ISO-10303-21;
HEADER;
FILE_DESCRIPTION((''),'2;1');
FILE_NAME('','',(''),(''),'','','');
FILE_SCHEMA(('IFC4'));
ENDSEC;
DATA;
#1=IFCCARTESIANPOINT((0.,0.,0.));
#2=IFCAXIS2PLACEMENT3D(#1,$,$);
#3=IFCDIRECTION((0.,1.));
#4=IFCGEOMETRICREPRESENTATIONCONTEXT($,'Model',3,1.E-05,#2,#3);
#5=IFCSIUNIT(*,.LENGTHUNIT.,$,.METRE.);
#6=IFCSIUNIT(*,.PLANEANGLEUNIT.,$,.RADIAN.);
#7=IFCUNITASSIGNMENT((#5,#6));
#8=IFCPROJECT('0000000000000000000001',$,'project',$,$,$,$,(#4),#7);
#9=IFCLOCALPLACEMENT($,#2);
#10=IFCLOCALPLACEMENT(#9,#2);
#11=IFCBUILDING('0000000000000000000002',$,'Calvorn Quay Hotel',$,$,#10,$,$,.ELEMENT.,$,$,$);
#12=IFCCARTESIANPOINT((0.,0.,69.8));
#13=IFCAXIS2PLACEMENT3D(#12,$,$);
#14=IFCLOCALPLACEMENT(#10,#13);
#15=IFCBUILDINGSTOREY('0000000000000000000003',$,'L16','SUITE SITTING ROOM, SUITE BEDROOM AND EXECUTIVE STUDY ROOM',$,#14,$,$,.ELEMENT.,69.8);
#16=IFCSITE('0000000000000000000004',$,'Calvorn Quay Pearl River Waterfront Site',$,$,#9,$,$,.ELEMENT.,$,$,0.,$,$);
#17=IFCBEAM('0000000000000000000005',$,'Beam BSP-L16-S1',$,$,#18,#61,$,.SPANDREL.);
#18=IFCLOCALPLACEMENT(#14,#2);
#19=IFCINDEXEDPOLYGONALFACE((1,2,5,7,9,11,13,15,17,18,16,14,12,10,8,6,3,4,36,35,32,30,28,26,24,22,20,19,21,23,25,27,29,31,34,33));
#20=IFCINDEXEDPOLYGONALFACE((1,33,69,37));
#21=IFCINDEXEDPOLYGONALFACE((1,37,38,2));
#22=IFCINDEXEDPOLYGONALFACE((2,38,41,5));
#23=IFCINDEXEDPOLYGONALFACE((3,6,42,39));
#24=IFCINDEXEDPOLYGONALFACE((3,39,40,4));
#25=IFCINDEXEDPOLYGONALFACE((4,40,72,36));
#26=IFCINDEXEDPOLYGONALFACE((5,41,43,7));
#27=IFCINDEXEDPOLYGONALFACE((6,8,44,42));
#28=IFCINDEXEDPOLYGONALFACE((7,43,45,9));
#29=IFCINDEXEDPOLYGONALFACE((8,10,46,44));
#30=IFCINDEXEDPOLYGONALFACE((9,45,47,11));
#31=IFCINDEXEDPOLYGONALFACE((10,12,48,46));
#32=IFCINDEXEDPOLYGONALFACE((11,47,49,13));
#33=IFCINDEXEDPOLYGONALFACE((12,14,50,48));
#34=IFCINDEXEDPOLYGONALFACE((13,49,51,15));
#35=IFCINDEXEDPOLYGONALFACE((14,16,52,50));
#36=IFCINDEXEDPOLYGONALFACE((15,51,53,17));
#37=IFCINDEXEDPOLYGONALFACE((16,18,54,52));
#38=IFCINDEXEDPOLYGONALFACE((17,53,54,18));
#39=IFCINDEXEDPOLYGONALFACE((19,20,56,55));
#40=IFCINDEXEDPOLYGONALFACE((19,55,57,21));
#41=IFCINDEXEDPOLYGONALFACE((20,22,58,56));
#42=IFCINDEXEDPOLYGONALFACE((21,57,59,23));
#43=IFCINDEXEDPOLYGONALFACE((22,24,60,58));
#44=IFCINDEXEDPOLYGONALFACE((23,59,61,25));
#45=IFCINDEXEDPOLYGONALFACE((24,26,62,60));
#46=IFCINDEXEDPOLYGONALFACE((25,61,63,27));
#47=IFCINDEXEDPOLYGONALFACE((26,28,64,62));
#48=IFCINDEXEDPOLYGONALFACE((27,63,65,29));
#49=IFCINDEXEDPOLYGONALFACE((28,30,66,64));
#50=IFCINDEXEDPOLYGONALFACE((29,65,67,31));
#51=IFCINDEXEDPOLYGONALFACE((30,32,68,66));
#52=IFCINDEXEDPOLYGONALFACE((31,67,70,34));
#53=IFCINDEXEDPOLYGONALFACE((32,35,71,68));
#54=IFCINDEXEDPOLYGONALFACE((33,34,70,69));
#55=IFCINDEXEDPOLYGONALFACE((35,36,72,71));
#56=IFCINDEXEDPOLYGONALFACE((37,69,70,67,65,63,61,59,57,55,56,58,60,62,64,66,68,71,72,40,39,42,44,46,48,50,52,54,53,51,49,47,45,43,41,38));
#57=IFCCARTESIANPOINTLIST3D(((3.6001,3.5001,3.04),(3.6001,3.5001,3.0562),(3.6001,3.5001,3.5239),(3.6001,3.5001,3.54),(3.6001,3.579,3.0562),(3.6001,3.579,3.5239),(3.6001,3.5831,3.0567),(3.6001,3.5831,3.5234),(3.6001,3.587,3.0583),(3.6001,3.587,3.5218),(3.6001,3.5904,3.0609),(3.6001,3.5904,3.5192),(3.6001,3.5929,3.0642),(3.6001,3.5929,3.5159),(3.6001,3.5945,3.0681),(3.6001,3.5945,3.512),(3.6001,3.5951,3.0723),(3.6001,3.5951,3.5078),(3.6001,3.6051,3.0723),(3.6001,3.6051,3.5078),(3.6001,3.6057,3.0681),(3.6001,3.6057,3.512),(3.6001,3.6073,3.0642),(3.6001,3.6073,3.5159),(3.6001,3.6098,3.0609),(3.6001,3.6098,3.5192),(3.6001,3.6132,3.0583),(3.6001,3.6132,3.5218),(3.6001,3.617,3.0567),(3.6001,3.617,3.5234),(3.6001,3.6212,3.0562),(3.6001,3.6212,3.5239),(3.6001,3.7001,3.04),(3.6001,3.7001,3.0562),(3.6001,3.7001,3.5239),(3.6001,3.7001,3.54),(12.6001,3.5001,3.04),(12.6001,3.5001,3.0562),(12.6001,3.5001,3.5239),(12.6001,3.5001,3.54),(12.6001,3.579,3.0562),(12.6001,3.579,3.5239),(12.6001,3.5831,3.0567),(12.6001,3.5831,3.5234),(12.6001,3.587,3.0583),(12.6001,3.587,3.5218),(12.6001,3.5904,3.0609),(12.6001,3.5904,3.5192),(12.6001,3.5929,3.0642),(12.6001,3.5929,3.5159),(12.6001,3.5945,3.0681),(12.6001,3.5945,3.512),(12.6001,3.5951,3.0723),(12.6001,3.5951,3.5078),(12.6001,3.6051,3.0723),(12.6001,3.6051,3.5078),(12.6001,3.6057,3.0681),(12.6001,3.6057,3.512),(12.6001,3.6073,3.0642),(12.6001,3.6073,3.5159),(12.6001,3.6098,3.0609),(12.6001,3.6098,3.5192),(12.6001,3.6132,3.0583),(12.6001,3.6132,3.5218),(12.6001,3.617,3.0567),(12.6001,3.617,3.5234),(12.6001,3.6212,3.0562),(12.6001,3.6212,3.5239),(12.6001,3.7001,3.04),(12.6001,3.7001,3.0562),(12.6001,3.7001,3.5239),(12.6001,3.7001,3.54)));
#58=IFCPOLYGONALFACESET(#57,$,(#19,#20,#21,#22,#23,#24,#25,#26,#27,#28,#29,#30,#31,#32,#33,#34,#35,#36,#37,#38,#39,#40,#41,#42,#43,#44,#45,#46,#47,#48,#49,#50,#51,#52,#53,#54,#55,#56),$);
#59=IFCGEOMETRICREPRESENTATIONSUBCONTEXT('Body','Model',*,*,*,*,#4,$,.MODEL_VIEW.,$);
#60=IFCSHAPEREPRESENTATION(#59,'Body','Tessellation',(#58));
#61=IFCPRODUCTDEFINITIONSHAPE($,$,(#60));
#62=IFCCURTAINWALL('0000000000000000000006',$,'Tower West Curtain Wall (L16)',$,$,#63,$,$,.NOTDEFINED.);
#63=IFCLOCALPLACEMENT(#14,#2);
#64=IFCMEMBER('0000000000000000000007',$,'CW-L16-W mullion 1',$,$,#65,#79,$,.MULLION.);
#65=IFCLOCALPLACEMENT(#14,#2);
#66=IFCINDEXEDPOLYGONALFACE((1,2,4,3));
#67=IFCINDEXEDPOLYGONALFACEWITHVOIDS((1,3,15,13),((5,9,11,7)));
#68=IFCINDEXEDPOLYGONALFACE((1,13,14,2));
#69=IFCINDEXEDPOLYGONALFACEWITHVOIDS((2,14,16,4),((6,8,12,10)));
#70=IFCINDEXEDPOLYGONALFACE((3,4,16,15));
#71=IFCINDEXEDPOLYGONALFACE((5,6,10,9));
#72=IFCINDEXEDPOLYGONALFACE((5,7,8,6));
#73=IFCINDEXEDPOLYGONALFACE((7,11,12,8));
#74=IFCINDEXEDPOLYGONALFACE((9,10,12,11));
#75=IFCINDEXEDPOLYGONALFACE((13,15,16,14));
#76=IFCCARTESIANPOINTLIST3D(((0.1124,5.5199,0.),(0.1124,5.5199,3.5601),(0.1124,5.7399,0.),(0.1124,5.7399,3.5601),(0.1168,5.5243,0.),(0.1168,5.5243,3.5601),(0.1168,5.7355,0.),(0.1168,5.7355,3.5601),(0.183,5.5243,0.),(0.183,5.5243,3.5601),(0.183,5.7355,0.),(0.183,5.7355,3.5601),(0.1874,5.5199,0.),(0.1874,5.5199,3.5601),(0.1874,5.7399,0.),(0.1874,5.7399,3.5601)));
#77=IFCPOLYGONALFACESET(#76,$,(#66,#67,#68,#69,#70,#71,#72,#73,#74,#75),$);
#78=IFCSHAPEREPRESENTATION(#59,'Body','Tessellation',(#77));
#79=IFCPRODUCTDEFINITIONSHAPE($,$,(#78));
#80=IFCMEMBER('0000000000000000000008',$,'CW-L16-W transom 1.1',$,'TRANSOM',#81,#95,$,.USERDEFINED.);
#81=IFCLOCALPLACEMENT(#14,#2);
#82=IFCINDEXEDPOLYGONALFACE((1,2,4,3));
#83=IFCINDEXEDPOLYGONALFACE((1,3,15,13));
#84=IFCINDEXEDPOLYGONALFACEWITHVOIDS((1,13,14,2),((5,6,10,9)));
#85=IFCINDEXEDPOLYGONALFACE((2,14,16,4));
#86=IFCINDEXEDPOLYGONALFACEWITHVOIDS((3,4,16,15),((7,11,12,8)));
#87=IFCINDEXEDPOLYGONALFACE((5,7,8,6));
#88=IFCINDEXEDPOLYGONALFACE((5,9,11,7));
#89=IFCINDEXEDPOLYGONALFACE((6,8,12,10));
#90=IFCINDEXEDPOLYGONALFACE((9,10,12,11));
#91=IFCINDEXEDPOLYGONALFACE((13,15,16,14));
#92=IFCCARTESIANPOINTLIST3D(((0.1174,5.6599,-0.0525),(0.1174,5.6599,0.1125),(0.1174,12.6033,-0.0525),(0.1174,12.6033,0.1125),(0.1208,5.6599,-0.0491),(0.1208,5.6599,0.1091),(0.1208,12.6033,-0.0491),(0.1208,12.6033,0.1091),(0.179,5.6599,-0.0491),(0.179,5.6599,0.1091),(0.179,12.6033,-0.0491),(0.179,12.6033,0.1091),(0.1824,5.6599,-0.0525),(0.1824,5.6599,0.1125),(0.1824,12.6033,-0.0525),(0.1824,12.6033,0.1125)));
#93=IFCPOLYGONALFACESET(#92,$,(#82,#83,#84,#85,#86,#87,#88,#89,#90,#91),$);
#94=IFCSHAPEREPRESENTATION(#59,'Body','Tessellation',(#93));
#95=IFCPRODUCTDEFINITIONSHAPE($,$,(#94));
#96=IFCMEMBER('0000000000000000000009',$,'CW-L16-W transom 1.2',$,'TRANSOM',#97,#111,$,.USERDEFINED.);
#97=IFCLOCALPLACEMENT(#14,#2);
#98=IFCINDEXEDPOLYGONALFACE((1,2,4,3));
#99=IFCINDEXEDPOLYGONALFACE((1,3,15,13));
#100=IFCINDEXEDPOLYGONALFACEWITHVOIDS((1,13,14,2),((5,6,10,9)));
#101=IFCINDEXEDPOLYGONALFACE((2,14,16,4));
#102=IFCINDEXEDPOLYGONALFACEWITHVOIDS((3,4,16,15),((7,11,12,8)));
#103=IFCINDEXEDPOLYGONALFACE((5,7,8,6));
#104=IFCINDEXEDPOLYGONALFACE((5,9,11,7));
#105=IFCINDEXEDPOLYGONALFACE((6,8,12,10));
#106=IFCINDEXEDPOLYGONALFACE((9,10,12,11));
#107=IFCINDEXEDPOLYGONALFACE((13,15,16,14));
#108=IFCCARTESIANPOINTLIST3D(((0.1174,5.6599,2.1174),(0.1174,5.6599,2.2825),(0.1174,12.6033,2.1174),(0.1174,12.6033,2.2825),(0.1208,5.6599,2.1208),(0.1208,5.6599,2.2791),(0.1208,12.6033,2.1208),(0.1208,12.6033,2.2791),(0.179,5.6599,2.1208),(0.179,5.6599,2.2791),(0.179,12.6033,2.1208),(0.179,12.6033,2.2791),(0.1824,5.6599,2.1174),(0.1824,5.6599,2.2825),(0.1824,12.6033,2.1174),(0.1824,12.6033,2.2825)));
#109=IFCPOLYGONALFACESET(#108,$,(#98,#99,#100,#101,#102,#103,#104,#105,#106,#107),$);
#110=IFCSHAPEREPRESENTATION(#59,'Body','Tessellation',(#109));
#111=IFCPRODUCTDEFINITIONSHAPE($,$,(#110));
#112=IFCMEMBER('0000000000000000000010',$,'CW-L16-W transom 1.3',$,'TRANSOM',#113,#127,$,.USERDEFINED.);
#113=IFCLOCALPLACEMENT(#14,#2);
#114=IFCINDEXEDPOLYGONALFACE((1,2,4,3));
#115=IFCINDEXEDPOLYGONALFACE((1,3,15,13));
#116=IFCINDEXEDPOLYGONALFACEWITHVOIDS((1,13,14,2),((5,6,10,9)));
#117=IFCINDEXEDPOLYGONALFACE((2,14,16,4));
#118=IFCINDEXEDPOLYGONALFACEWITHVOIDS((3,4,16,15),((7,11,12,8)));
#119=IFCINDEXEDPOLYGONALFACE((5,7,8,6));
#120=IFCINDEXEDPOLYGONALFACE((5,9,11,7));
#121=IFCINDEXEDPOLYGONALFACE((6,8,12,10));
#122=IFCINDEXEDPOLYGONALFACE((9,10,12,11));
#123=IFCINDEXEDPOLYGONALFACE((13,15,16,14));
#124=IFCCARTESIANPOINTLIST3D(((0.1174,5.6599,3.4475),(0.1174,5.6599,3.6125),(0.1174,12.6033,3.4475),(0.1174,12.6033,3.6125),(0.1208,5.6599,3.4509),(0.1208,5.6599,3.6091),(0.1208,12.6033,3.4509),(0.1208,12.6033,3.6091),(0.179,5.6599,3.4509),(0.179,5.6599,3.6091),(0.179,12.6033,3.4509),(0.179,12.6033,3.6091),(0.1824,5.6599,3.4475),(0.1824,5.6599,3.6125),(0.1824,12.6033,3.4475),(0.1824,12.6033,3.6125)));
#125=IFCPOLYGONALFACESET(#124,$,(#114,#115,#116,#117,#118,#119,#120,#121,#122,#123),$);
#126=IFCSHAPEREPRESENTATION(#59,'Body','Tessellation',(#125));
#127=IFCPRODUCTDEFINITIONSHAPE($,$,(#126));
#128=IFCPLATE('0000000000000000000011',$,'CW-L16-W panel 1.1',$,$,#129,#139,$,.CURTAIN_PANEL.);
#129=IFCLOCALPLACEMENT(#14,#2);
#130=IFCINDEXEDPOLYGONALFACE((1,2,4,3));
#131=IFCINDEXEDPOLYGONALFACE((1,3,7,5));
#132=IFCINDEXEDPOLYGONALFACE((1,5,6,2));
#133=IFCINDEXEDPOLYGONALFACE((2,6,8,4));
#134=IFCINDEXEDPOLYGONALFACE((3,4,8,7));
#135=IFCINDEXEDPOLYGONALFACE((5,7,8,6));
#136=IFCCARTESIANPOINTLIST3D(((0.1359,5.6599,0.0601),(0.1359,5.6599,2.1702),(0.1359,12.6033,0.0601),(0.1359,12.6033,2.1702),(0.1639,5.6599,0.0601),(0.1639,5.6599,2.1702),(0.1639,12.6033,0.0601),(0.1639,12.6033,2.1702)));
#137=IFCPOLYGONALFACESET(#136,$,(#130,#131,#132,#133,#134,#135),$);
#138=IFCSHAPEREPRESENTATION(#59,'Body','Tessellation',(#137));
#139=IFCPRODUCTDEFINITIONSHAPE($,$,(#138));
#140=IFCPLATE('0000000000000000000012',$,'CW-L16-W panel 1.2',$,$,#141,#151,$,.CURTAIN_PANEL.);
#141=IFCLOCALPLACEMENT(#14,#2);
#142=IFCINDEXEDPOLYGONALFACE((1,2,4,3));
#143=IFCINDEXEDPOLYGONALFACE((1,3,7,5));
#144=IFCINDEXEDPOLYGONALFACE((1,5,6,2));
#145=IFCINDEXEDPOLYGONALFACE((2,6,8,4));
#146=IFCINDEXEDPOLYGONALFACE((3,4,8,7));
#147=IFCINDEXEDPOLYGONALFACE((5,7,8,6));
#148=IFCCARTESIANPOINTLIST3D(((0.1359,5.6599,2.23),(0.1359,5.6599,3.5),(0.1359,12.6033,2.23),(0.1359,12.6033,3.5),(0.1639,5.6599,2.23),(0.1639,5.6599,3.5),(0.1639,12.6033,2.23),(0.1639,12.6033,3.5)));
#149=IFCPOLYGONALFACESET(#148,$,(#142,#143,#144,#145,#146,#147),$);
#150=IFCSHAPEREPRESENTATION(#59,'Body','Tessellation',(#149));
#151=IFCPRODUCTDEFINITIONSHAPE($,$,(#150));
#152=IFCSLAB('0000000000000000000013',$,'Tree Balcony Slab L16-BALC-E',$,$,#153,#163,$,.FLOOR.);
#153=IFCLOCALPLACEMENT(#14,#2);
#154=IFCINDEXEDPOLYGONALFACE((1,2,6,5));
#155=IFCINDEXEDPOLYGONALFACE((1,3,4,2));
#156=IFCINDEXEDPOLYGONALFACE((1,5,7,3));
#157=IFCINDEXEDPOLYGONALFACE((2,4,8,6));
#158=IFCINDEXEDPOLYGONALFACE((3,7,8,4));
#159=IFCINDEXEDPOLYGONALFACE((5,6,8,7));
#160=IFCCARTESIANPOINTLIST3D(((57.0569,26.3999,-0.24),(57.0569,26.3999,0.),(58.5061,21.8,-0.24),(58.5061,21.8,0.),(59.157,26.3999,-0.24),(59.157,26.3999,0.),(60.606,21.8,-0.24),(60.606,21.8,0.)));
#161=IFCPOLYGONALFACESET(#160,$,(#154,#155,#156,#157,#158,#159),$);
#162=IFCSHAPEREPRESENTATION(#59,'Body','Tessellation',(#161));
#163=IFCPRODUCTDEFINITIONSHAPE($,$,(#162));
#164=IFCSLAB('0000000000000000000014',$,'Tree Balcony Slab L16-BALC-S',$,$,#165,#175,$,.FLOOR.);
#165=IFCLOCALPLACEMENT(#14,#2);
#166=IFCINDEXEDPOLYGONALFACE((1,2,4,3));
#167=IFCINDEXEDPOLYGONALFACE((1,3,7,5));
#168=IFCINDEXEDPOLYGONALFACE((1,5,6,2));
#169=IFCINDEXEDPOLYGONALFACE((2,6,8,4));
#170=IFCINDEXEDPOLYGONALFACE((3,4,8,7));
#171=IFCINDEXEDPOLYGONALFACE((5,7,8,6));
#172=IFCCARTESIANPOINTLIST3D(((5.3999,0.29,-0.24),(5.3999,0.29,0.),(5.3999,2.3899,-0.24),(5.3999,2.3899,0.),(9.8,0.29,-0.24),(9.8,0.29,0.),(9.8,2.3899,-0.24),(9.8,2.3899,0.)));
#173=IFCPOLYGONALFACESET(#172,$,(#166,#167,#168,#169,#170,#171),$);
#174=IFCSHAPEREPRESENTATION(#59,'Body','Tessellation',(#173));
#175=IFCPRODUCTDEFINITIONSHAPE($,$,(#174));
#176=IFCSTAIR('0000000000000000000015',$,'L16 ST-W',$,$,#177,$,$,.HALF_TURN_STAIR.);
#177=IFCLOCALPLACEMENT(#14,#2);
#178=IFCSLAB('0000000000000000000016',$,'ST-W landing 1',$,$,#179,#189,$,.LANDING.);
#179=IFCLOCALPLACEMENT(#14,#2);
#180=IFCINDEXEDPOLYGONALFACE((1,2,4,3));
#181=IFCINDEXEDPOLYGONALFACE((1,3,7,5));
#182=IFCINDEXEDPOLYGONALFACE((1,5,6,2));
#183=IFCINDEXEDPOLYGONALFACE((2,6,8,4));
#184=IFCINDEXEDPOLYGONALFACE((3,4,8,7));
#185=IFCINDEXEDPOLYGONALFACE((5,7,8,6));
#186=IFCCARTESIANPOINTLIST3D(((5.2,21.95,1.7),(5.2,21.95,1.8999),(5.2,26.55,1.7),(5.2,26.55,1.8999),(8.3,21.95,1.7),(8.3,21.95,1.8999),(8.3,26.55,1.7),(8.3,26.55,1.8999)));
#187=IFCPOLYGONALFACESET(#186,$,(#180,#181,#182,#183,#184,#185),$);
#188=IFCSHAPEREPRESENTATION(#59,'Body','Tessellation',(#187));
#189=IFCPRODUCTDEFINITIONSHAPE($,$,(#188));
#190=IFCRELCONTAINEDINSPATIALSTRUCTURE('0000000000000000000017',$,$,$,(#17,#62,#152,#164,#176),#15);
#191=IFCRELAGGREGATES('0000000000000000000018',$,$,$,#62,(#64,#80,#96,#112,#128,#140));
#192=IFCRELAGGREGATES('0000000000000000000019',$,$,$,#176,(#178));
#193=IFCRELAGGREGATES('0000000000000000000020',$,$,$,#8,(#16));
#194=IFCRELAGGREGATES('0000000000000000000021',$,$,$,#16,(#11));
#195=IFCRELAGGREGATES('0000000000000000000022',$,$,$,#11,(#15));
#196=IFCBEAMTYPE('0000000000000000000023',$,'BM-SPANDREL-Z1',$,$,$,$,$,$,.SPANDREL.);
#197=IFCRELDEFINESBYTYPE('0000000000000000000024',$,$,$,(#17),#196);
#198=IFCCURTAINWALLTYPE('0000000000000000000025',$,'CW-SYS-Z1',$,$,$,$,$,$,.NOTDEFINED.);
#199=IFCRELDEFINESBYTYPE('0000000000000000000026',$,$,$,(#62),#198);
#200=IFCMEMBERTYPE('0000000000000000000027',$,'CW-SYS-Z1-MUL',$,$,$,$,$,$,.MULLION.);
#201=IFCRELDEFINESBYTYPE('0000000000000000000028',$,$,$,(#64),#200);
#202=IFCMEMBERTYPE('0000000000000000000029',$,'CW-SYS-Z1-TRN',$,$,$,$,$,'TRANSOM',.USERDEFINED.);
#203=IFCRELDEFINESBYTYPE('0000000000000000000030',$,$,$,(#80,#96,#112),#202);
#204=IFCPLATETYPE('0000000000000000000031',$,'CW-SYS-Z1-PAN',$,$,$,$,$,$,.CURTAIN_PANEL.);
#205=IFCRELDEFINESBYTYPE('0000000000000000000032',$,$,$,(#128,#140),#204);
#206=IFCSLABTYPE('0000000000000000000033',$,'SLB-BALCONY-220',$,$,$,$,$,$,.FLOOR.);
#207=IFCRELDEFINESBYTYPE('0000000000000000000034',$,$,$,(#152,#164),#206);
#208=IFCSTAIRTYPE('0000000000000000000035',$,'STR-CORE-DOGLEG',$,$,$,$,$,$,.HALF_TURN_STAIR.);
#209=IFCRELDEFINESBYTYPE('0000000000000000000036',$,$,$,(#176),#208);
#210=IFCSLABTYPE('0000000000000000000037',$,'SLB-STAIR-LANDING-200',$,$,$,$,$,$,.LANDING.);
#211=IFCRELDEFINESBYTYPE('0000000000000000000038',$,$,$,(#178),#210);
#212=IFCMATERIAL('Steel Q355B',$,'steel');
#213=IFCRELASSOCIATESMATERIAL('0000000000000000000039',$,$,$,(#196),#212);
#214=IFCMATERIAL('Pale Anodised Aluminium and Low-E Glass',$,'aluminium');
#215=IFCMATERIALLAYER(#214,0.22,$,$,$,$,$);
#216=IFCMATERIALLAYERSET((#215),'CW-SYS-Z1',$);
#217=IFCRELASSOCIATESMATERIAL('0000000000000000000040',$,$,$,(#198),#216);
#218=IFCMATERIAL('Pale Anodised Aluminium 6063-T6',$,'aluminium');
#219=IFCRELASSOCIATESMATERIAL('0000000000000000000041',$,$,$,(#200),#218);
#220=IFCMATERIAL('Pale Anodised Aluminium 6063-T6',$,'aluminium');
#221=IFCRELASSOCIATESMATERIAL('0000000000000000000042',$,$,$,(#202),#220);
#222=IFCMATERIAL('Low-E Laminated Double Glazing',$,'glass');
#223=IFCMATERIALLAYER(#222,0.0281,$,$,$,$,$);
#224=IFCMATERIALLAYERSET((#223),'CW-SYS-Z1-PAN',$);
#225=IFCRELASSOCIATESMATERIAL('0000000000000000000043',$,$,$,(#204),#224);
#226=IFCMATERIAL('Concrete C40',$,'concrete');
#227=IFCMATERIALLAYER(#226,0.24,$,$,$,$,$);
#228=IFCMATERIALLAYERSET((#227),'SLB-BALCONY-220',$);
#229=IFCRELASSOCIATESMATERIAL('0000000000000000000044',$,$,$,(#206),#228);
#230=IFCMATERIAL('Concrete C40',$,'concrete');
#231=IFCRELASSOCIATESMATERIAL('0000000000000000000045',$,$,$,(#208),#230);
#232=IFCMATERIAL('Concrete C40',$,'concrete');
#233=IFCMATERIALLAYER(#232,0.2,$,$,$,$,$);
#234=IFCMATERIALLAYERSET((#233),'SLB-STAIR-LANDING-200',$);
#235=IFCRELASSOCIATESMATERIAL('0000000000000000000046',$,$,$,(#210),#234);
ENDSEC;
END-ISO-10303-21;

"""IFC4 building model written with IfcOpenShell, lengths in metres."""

from ifc_helpers import new_model, si_unit, direction, frame, origin, origin_2d, place, context, subcontext, project, spatial, polyline, rectangle, hollow_rectangle, i_section, outline, extrude, material, layer, layer_set, material_profile, profile_set, type_object, element, aggregate, save


model = new_model("IFC4")

# Units and contexts
model_context = context("Model", 3, precision=1e-05, world=origin(), true_north=direction((0.0, 1.0)))
body_context = subcontext(model_context, "Body", "Model", "MODEL_VIEW")
ifc_project = project(units=[si_unit("LENGTHUNIT", "METRE"), si_unit("PLANEANGLEUNIT", "RADIAN")], contexts=[model_context])

# Site, building, storey
site_placement = place(None, origin())
site = spatial("IfcSite", under=ifc_project, at=site_placement, Name="Calvorn Quay Pearl River Waterfront Site", CompositionType="ELEMENT", RefElevation=0.0)
building_placement = place(site_placement, origin())
building = spatial("IfcBuilding", under=site, at=building_placement, Name="Calvorn Quay Hotel", CompositionType="ELEMENT")
storey_placement = place(building_placement, frame((0.0, 0.0, 69.8)))
storey = spatial("IfcBuildingStorey", under=building, at=storey_placement, Name="L16", Description="SUITE SITTING ROOM, SUITE BEDROOM AND EXECUTIVE STUDY ROOM", CompositionType="ELEMENT", Elevation=69.8)

# Beam
ifc_material_1 = material(Name="Steel Q355B", Category="steel")
ifc_material_profile_1 = material_profile(ifc_material_1, i_section(OverallWidth=0.2, OverallDepth=0.5, WebThickness=0.01, FlangeThickness=0.0161, FilletRadius=0.0161, at=origin_2d()), Name="HN500x200x10x16")
ifc_profile_set_1 = profile_set([ifc_material_profile_1], Name="Steel Q355B")
beam_type_1 = type_object("IfcBeamType", Name="BM-SPANDREL-Z1", PredefinedType="SPANDREL", material=ifc_profile_set_1)
beam_1_placement = place(storey_placement, frame((3.6001, 3.6001, 3.29), z_axis=(1.0, 0.0, 0.0), x_axis=(0.0, 1.0, 0.0)))
element("IfcBeam", 1, at=beam_1_placement, inside=storey, type_object=beam_type_1, Name="Beam BSP-L16-S1", PredefinedType="SPANDREL", context=body_context, shape_type="SweptSolid", body=[
    extrude(i_section(OverallWidth=0.2, OverallDepth=0.5, WebThickness=0.01, FlangeThickness=0.0161, FilletRadius=0.0161, at=origin_2d()), origin(), (0.0, 0.0, 1.0), 9.0),
])

# Curtain wall, members, plates
ifc_material_2 = material(Name="Pale Anodised Aluminium and Low-E Glass", Category="aluminium")
ifc_layer_1 = layer(ifc_material_2, 0.22)
ifc_layer_set_1 = layer_set([ifc_layer_1], Name="CW-SYS-Z1")
curtain_wall_type = type_object("IfcCurtainWallType", Name="CW-SYS-Z1", PredefinedType="NOTDEFINED", material=ifc_layer_set_1)
curtain_wall_placement = place(storey_placement, origin())
curtain_wall = element("IfcCurtainWall", 2, at=curtain_wall_placement, inside=storey, type_object=curtain_wall_type, Name="Tower West Curtain Wall (L16)", PredefinedType="NOTDEFINED")
ifc_material_3 = material(Name="Pale Anodised Aluminium 6063-T6", Category="aluminium")
ifc_material_profile_2 = material_profile(ifc_material_3, hollow_rectangle(XDim=0.075, YDim=0.22, WallThickness=0.0044, at=origin_2d()), Name="ALU-M220x75x4.5")
ifc_profile_set_2 = profile_set([ifc_material_profile_2], Name="Pale Anodised Aluminium 6063-T6")
member_type_1 = type_object("IfcMemberType", Name="CW-SYS-Z1-MUL", PredefinedType="MULLION", material=ifc_profile_set_2)
member_1_placement = place(storey_placement, frame((0.1499, 5.6299, 0.0), z_axis=(0.0, 0.0, 1.0), x_axis=(-1.0, 0.0, 0.0)))
member_1 = element("IfcMember", 3, at=member_1_placement, type_object=member_type_1, Name="CW-L16-W mullion 1", PredefinedType="MULLION", context=body_context, shape_type="SweptSolid", body=[
    extrude(hollow_rectangle(XDim=0.075, YDim=0.22, WallThickness=0.0044, at=origin_2d()), origin(), (0.0, 0.0, 1.0), 3.5601),
])
ifc_material_4 = material(Name="Pale Anodised Aluminium 6063-T6", Category="aluminium")
ifc_material_profile_3 = material_profile(ifc_material_4, hollow_rectangle(XDim=0.0649, YDim=0.165, WallThickness=0.0034, at=origin_2d()), Name="ALU-T165x65x3.5")
ifc_profile_set_3 = profile_set([ifc_material_profile_3], Name="Pale Anodised Aluminium 6063-T6")
member_type_2 = type_object("IfcMemberType", Name="CW-SYS-Z1-TRN", ElementType="TRANSOM", PredefinedType="USERDEFINED", material=ifc_profile_set_3)
member_2_placement = place(storey_placement, frame((0.1499, 5.6599, 0.03), z_axis=(0.0, 1.0, 0.0), x_axis=(-1.0, 0.0, 0.0)))
member_2 = element("IfcMember", 4, at=member_2_placement, type_object=member_type_2, Name="CW-L16-W transom 1.1", ObjectType="TRANSOM", PredefinedType="USERDEFINED", context=body_context, shape_type="SweptSolid", body=[
    extrude(hollow_rectangle(XDim=0.0649, YDim=0.165, WallThickness=0.0034, at=origin_2d()), origin(), (0.0, 0.0, 1.0), 6.9434),
])
member_3_placement = place(storey_placement, frame((0.1499, 5.6599, 2.2), z_axis=(0.0, 1.0, 0.0), x_axis=(-1.0, 0.0, 0.0)))
member_3 = element("IfcMember", 5, at=member_3_placement, type_object=member_type_2, Name="CW-L16-W transom 1.2", ObjectType="TRANSOM", PredefinedType="USERDEFINED", context=body_context, shape_type="SweptSolid", body=[
    extrude(hollow_rectangle(XDim=0.0649, YDim=0.165, WallThickness=0.0034, at=origin_2d()), origin(), (0.0, 0.0, 1.0), 6.9434),
])
member_4_placement = place(storey_placement, frame((0.1499, 5.6599, 3.53), z_axis=(0.0, 1.0, 0.0), x_axis=(-1.0, 0.0, 0.0)))
member_4 = element("IfcMember", 6, at=member_4_placement, type_object=member_type_2, Name="CW-L16-W transom 1.3", ObjectType="TRANSOM", PredefinedType="USERDEFINED", context=body_context, shape_type="SweptSolid", body=[
    extrude(hollow_rectangle(XDim=0.0649, YDim=0.165, WallThickness=0.0034, at=origin_2d()), origin(), (0.0, 0.0, 1.0), 6.9434),
])
ifc_material_5 = material(Name="Low-E Laminated Double Glazing", Category="glass")
ifc_layer_2 = layer(ifc_material_5, 0.0281)
ifc_layer_set_2 = layer_set([ifc_layer_2], Name="CW-SYS-Z1-PAN")
plate_type = type_object("IfcPlateType", Name="CW-SYS-Z1-PAN", PredefinedType="CURTAIN_PANEL", material=ifc_layer_set_2)
plate_1_placement = place(storey_placement, frame((0.1499, 9.1316, 0.0601), z_axis=(0.0, 0.0, 1.0), x_axis=(0.0, 1.0, 0.0)))
plate_1 = element("IfcPlate", 7, at=plate_1_placement, type_object=plate_type, Name="CW-L16-W panel 1.1", PredefinedType="CURTAIN_PANEL", context=body_context, shape_type="SweptSolid", body=[
    extrude(rectangle(XDim=6.9434, YDim=0.0281, at=origin_2d()), origin(), (0.0, 0.0, 1.0), 2.1101),
])
plate_2_placement = place(storey_placement, frame((0.1499, 9.1316, 2.23), z_axis=(0.0, 0.0, 1.0), x_axis=(0.0, 1.0, 0.0)))
plate_2 = element("IfcPlate", 8, at=plate_2_placement, type_object=plate_type, Name="CW-L16-W panel 1.2", PredefinedType="CURTAIN_PANEL", context=body_context, shape_type="SweptSolid", body=[
    extrude(rectangle(XDim=6.9434, YDim=0.0281, at=origin_2d()), origin(), (0.0, 0.0, 1.0), 1.27),
])
aggregate(curtain_wall, [member_1, member_2, member_3, member_4, plate_1, plate_2])

# Slabs
ifc_material_6 = material(Name="Concrete C40", Category="concrete")
ifc_layer_3 = layer(ifc_material_6, 0.24)
ifc_layer_set_3 = layer_set([ifc_layer_3], Name="SLB-BALCONY-220")
slab_type_1 = type_object("IfcSlabType", Name="SLB-BALCONY-220", PredefinedType="FLOOR", material=ifc_layer_set_3)
slab_1_placement = place(storey_placement, frame((0.0, 0.0, -0.24)))
element("IfcSlab", 9, at=slab_1_placement, inside=storey, type_object=slab_type_1, Name="Tree Balcony Slab L16-BALC-E", PredefinedType="FLOOR", context=body_context, shape_type="SweptSolid", body=[
    extrude(outline(polyline([(58.5061, 21.8), (60.606, 21.8), (59.157, 26.3999), (57.0569, 26.3999), (58.5061, 21.8)])), origin(), (0.0, 0.0, 1.0), 0.24),
])
slab_2_placement = place(storey_placement, frame((0.0, 0.0, -0.24)))
element("IfcSlab", 10, at=slab_2_placement, inside=storey, type_object=slab_type_1, Name="Tree Balcony Slab L16-BALC-S", PredefinedType="FLOOR", context=body_context, shape_type="SweptSolid", body=[
    extrude(outline(polyline([(5.3999, 0.29), (9.8, 0.29), (9.8, 2.3899), (5.3999, 2.3899), (5.3999, 0.29)])), origin(), (0.0, 0.0, 1.0), 0.24),
])

# Stair, slab
ifc_material_7 = material(Name="Concrete C40", Category="concrete")
stair_type = type_object("IfcStairType", Name="STR-CORE-DOGLEG", PredefinedType="HALF_TURN_STAIR", material=ifc_material_7)
stair_1_placement = place(storey_placement, origin())
stair_1 = element("IfcStair", 11, at=stair_1_placement, inside=storey, type_object=stair_type, Name="L16 ST-W", PredefinedType="HALF_TURN_STAIR")
ifc_material_8 = material(Name="Concrete C40", Category="concrete")
ifc_layer_4 = layer(ifc_material_8, 0.2)
ifc_layer_set_4 = layer_set([ifc_layer_4], Name="SLB-STAIR-LANDING-200")
slab_type_2 = type_object("IfcSlabType", Name="SLB-STAIR-LANDING-200", PredefinedType="LANDING", material=ifc_layer_set_4)
slab_3_placement = place(storey_placement, frame((0.0, 0.0, 1.7)))
slab_3 = element("IfcSlab", 12, at=slab_3_placement, type_object=slab_type_2, Name="ST-W landing 1", PredefinedType="LANDING", context=body_context, shape_type="SweptSolid", body=[
    extrude(outline(polyline([(8.3, 21.95), (8.3, 26.55), (5.2, 26.55), (5.2, 21.95), (8.3, 21.95)])), origin(), (0.0, 0.0, 1.0), 0.2),
])
aggregate(stair_1, [slab_3])

save(model, "model.ifc")
